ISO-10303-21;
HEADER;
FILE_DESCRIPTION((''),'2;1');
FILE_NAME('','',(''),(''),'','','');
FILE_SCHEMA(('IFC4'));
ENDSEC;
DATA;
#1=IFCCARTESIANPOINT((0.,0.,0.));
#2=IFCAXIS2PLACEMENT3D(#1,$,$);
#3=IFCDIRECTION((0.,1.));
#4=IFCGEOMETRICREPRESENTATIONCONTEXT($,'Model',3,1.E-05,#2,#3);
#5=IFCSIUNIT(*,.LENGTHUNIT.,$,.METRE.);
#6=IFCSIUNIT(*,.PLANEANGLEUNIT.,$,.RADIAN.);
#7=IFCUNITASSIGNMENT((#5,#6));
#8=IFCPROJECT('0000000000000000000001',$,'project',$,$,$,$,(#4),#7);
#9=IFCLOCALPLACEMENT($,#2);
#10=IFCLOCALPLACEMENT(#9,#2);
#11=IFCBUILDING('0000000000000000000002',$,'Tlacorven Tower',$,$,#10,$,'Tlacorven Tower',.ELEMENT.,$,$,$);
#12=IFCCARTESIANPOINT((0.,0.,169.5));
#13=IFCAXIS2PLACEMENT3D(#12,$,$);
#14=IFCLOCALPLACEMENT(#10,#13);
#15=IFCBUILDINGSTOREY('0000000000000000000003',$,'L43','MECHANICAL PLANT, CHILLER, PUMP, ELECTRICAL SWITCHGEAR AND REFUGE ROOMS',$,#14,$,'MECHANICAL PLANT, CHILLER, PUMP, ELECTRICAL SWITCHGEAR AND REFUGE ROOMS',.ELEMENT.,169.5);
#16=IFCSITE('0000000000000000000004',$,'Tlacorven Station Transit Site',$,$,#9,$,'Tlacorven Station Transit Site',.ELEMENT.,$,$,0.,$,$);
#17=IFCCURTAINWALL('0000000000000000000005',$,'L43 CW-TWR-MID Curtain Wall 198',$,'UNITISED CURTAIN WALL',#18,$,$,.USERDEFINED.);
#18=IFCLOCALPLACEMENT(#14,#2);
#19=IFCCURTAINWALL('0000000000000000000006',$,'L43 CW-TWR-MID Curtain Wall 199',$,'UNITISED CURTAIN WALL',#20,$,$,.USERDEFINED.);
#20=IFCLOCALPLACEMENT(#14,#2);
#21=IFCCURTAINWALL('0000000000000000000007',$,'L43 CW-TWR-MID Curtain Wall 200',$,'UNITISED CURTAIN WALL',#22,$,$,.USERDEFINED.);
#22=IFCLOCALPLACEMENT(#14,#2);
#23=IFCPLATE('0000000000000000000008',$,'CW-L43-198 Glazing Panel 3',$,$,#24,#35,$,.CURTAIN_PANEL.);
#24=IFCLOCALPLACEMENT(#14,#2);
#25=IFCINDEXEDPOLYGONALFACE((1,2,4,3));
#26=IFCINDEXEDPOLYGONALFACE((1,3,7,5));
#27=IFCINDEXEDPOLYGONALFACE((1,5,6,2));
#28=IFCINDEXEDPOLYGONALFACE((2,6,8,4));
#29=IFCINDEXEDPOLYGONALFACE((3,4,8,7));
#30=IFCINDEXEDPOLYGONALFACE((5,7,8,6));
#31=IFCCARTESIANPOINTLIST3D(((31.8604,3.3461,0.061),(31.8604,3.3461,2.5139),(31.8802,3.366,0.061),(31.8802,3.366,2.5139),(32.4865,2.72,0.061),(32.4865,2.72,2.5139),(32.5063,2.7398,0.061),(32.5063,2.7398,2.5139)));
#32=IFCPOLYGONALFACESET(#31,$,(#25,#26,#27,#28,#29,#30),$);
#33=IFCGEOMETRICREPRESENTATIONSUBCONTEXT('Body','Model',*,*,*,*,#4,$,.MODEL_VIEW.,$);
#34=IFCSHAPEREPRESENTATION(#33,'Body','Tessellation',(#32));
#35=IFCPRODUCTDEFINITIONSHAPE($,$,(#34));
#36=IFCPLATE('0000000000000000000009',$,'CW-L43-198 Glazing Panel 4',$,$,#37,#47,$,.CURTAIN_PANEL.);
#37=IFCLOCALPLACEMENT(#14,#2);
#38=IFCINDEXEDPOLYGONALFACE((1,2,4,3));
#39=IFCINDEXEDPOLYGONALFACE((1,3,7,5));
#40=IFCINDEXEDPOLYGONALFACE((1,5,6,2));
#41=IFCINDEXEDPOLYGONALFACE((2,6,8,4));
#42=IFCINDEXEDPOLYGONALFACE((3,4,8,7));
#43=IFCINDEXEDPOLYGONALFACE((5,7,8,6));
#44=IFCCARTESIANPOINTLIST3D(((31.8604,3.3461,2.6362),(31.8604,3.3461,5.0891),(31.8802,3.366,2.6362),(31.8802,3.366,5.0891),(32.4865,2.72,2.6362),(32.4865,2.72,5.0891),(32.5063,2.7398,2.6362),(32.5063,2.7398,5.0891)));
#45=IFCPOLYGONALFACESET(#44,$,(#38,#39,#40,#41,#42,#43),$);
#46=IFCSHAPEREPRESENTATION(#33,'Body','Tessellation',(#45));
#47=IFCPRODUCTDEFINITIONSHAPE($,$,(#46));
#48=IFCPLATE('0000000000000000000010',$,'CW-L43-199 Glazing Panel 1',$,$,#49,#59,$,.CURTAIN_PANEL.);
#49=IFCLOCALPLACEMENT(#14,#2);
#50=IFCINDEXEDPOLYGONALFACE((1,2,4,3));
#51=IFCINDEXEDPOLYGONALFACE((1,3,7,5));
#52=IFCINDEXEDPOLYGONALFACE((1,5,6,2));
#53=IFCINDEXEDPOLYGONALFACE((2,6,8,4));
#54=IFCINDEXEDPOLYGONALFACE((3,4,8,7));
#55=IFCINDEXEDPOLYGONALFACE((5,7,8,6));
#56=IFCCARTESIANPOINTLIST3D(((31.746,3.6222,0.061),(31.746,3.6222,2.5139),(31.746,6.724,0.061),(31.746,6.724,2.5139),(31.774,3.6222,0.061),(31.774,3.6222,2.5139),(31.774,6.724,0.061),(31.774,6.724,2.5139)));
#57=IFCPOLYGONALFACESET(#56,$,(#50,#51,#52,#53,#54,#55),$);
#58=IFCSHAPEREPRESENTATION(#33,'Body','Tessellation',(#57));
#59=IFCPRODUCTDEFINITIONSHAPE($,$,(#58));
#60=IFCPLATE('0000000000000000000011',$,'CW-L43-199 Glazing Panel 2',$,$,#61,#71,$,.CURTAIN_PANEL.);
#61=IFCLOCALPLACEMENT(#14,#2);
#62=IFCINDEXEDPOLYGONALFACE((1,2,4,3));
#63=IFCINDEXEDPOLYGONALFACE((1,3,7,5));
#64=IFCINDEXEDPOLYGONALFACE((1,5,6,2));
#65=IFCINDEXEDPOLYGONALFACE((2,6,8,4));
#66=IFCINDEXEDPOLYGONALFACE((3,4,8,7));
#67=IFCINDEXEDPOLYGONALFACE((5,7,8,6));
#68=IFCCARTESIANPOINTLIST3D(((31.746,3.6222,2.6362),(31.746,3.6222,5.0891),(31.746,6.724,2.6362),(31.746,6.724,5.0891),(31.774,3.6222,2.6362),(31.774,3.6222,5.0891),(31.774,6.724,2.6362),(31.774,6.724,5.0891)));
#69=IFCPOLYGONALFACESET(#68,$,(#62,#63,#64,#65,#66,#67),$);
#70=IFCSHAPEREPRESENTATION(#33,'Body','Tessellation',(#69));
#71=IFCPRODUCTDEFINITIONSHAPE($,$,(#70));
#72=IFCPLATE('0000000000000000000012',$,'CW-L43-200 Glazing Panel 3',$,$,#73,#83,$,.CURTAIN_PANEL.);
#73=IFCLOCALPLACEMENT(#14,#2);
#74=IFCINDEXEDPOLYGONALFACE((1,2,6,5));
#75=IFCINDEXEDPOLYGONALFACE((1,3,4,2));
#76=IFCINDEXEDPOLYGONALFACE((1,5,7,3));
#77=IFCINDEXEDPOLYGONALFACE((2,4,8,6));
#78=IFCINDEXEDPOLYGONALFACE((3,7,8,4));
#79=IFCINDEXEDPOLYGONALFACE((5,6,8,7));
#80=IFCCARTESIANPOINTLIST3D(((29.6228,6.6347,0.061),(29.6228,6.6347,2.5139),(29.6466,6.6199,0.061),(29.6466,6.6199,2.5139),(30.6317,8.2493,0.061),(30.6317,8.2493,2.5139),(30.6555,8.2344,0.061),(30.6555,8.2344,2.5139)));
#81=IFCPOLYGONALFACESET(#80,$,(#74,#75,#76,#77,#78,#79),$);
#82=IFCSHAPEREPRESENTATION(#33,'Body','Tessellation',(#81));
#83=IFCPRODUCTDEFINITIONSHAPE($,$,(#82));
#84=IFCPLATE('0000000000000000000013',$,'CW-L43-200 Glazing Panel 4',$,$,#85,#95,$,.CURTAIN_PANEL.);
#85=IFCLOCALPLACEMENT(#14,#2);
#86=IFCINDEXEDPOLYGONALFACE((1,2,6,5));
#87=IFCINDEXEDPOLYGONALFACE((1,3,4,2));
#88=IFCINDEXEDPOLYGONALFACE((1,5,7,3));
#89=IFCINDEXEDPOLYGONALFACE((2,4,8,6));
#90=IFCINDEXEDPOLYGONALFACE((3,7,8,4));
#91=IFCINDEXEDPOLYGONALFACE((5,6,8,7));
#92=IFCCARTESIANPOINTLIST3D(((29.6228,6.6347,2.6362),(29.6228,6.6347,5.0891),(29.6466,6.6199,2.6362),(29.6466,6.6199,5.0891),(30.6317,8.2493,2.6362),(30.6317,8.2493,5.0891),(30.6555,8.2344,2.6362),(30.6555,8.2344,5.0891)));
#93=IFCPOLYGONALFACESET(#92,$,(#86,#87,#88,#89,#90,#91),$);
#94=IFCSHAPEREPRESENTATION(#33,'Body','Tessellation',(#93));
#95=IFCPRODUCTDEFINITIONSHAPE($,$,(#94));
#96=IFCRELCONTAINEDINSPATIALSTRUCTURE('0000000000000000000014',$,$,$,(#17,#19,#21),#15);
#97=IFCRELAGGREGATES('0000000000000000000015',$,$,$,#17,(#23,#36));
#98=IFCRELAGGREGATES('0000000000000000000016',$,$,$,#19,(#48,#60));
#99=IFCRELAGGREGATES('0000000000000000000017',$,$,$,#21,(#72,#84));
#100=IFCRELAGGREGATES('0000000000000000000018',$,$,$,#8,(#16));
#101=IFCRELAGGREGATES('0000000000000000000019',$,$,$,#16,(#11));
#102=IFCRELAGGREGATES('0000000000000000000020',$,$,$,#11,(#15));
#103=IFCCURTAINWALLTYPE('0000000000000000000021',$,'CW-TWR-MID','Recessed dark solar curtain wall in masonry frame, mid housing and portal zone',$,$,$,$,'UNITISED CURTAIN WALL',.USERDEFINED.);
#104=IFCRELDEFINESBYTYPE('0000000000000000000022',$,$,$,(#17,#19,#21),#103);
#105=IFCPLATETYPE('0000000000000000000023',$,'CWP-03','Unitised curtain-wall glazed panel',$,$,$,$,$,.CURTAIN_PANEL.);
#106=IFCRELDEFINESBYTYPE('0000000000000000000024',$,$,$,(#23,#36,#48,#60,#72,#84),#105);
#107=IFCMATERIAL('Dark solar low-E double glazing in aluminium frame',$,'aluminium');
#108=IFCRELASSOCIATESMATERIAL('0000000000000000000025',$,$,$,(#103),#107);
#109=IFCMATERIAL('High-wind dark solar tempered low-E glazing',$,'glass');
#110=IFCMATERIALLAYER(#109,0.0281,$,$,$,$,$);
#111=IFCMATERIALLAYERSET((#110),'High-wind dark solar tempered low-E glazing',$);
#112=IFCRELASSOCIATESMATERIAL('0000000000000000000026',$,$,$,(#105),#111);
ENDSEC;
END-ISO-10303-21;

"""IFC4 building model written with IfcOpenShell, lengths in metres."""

from ifc_helpers import new_model, si_unit, direction, frame, origin, origin_2d, place, context, subcontext, project, spatial, rectangle, extrude, source, transform, mapped, material, layer, layer_set, type_object, element, aggregate, save


model = new_model("IFC4")

# Units and contexts
model_context = context("Model", 3, precision=1e-05, world=origin(), true_north=direction((0.0, 1.0)))
body_context = subcontext(model_context, "Body", "Model", "MODEL_VIEW")
ifc_project = project(units=[si_unit("LENGTHUNIT", "METRE"), si_unit("PLANEANGLEUNIT", "RADIAN")], contexts=[model_context])

# Site, building, storey
site_placement = place(None, origin())
site = spatial("IfcSite", under=ifc_project, at=site_placement, Name="Tlacorven Station Transit Site", LongName="Tlacorven Station Transit Site", CompositionType="ELEMENT", RefElevation=0.0)
building_placement = place(site_placement, origin())
building = spatial("IfcBuilding", under=site, at=building_placement, Name="Tlacorven Tower", LongName="Tlacorven Tower", CompositionType="ELEMENT")
storey_placement = place(building_placement, frame((0.0, 0.0, 169.5)))
storey = spatial("IfcBuildingStorey", under=building, at=storey_placement, Name="L43", Description="MECHANICAL PLANT, CHILLER, PUMP, ELECTRICAL SWITCHGEAR AND REFUGE ROOMS", LongName="MECHANICAL PLANT, CHILLER, PUMP, ELECTRICAL SWITCHGEAR AND REFUGE ROOMS", CompositionType="ELEMENT", Elevation=169.5)

# Curtain walls
ifc_material_1 = material(Name="Dark solar low-E double glazing in aluminium frame", Category="aluminium")
curtain_wall_type = type_object("IfcCurtainWallType", Name="CW-TWR-MID", Description="Recessed dark solar curtain wall in masonry frame, mid housing and portal zone", ElementType="UNITISED CURTAIN WALL", PredefinedType="USERDEFINED", material=ifc_material_1)
curtain_wall_1_placement = place(storey_placement, origin())
curtain_wall_1 = element("IfcCurtainWall", 1, at=curtain_wall_1_placement, inside=storey, type_object=curtain_wall_type, Name="L43 CW-TWR-MID Curtain Wall 198", ObjectType="UNITISED CURTAIN WALL", PredefinedType="USERDEFINED")
curtain_wall_2_placement = place(storey_placement, origin())
curtain_wall_2 = element("IfcCurtainWall", 2, at=curtain_wall_2_placement, inside=storey, type_object=curtain_wall_type, Name="L43 CW-TWR-MID Curtain Wall 199", ObjectType="UNITISED CURTAIN WALL", PredefinedType="USERDEFINED")
curtain_wall_3_placement = place(storey_placement, origin())
curtain_wall_3 = element("IfcCurtainWall", 3, at=curtain_wall_3_placement, inside=storey, type_object=curtain_wall_type, Name="L43 CW-TWR-MID Curtain Wall 200", ObjectType="UNITISED CURTAIN WALL", PredefinedType="USERDEFINED")

# Plates
ifc_material_2 = material(Name="High-wind dark solar tempered low-E glazing", Category="glass")
ifc_layer_1 = layer(ifc_material_2, 0.0281)
ifc_layer_set_1 = layer_set([ifc_layer_1], Name="High-wind dark solar tempered low-E glazing")
plate_type_1 = type_object("IfcPlateType", Name="CWP-03", Description="Unitised curtain-wall glazed panel", PredefinedType="CURTAIN_PANEL", material=ifc_layer_set_1)
shared_shape_1 = source(origin(), body_context, "Body", "SweptSolid", [
    extrude(rectangle(XDim=0.8855, YDim=0.0281, at=origin_2d()), origin(), (0.0, 0.0, 1.0), 2.4529),
])
plate_1_placement = place(storey_placement, frame((32.1833, 3.043, 0.061), z_axis=(0.0, 0.0, 1.0), x_axis=(-0.707107, 0.707107, 0.0)))
plate_1 = element("IfcPlate", 4, at=plate_1_placement, type_object=plate_type_1, Name="CW-L43-198 Glazing Panel 3", PredefinedType="CURTAIN_PANEL", context=body_context, shape_type="MappedRepresentation", body=[
    mapped(shared_shape_1, transform((0.0, 0.0, 0.0), scale=1.0)),
])
plate_2_placement = place(storey_placement, frame((32.1833, 3.043, 2.6362), z_axis=(0.0, 0.0, 1.0), x_axis=(-0.707107, 0.707107, 0.0)))
plate_2 = element("IfcPlate", 5, at=plate_2_placement, type_object=plate_type_1, Name="CW-L43-198 Glazing Panel 4", PredefinedType="CURTAIN_PANEL", context=body_context, shape_type="MappedRepresentation", body=[
    mapped(shared_shape_1, transform((0.0, 0.0, 0.0), scale=1.0)),
])
aggregate(curtain_wall_1, [plate_1, plate_2])
shared_shape_2 = source(origin(), body_context, "Body", "SweptSolid", [
    extrude(rectangle(XDim=3.1018, YDim=0.0281, at=origin_2d()), origin(), (0.0, 0.0, 1.0), 2.4529),
])
plate_3_placement = place(storey_placement, frame((31.76, 5.1731, 0.061), z_axis=(0.0, 0.0, 1.0), x_axis=(0.0, 1.0, 0.0)))
plate_3 = element("IfcPlate", 6, at=plate_3_placement, type_object=plate_type_1, Name="CW-L43-199 Glazing Panel 1", PredefinedType="CURTAIN_PANEL", context=body_context, shape_type="MappedRepresentation", body=[
    mapped(shared_shape_2, transform((0.0, 0.0, 0.0), scale=1.0)),
])
plate_4_placement = place(storey_placement, frame((31.76, 5.1731, 2.6362), z_axis=(0.0, 0.0, 1.0), x_axis=(0.0, 1.0, 0.0)))
plate_4 = element("IfcPlate", 7, at=plate_4_placement, type_object=plate_type_1, Name="CW-L43-199 Glazing Panel 2", PredefinedType="CURTAIN_PANEL", context=body_context, shape_type="MappedRepresentation", body=[
    mapped(shared_shape_2, transform((0.0, 0.0, 0.0), scale=1.0)),
])
aggregate(curtain_wall_2, [plate_3, plate_4])
shared_shape_3 = source(origin(), body_context, "Body", "SweptSolid", [
    extrude(rectangle(XDim=1.9038, YDim=0.0281, at=origin_2d()), origin(), (0.0, 0.0, 1.0), 2.4529),
])
plate_5_placement = place(storey_placement, frame((30.1392, 7.4346, 0.061), z_axis=(0.0, 0.0, 1.0), x_axis=(-0.529919, -0.848048, 0.0)))
plate_5 = element("IfcPlate", 8, at=plate_5_placement, type_object=plate_type_1, Name="CW-L43-200 Glazing Panel 3", PredefinedType="CURTAIN_PANEL", context=body_context, shape_type="MappedRepresentation", body=[
    mapped(shared_shape_3, transform((0.0, 0.0, 0.0), scale=1.0)),
])
plate_6_placement = place(storey_placement, frame((30.1392, 7.4346, 2.6362), z_axis=(0.0, 0.0, 1.0), x_axis=(-0.529919, -0.848048, 0.0)))
plate_6 = element("IfcPlate", 9, at=plate_6_placement, type_object=plate_type_1, Name="CW-L43-200 Glazing Panel 4", PredefinedType="CURTAIN_PANEL", context=body_context, shape_type="MappedRepresentation", body=[
    mapped(shared_shape_3, transform((0.0, 0.0, 0.0), scale=1.0)),
])
aggregate(curtain_wall_3, [plate_5, plate_6])

save(model, "model.ifc")
